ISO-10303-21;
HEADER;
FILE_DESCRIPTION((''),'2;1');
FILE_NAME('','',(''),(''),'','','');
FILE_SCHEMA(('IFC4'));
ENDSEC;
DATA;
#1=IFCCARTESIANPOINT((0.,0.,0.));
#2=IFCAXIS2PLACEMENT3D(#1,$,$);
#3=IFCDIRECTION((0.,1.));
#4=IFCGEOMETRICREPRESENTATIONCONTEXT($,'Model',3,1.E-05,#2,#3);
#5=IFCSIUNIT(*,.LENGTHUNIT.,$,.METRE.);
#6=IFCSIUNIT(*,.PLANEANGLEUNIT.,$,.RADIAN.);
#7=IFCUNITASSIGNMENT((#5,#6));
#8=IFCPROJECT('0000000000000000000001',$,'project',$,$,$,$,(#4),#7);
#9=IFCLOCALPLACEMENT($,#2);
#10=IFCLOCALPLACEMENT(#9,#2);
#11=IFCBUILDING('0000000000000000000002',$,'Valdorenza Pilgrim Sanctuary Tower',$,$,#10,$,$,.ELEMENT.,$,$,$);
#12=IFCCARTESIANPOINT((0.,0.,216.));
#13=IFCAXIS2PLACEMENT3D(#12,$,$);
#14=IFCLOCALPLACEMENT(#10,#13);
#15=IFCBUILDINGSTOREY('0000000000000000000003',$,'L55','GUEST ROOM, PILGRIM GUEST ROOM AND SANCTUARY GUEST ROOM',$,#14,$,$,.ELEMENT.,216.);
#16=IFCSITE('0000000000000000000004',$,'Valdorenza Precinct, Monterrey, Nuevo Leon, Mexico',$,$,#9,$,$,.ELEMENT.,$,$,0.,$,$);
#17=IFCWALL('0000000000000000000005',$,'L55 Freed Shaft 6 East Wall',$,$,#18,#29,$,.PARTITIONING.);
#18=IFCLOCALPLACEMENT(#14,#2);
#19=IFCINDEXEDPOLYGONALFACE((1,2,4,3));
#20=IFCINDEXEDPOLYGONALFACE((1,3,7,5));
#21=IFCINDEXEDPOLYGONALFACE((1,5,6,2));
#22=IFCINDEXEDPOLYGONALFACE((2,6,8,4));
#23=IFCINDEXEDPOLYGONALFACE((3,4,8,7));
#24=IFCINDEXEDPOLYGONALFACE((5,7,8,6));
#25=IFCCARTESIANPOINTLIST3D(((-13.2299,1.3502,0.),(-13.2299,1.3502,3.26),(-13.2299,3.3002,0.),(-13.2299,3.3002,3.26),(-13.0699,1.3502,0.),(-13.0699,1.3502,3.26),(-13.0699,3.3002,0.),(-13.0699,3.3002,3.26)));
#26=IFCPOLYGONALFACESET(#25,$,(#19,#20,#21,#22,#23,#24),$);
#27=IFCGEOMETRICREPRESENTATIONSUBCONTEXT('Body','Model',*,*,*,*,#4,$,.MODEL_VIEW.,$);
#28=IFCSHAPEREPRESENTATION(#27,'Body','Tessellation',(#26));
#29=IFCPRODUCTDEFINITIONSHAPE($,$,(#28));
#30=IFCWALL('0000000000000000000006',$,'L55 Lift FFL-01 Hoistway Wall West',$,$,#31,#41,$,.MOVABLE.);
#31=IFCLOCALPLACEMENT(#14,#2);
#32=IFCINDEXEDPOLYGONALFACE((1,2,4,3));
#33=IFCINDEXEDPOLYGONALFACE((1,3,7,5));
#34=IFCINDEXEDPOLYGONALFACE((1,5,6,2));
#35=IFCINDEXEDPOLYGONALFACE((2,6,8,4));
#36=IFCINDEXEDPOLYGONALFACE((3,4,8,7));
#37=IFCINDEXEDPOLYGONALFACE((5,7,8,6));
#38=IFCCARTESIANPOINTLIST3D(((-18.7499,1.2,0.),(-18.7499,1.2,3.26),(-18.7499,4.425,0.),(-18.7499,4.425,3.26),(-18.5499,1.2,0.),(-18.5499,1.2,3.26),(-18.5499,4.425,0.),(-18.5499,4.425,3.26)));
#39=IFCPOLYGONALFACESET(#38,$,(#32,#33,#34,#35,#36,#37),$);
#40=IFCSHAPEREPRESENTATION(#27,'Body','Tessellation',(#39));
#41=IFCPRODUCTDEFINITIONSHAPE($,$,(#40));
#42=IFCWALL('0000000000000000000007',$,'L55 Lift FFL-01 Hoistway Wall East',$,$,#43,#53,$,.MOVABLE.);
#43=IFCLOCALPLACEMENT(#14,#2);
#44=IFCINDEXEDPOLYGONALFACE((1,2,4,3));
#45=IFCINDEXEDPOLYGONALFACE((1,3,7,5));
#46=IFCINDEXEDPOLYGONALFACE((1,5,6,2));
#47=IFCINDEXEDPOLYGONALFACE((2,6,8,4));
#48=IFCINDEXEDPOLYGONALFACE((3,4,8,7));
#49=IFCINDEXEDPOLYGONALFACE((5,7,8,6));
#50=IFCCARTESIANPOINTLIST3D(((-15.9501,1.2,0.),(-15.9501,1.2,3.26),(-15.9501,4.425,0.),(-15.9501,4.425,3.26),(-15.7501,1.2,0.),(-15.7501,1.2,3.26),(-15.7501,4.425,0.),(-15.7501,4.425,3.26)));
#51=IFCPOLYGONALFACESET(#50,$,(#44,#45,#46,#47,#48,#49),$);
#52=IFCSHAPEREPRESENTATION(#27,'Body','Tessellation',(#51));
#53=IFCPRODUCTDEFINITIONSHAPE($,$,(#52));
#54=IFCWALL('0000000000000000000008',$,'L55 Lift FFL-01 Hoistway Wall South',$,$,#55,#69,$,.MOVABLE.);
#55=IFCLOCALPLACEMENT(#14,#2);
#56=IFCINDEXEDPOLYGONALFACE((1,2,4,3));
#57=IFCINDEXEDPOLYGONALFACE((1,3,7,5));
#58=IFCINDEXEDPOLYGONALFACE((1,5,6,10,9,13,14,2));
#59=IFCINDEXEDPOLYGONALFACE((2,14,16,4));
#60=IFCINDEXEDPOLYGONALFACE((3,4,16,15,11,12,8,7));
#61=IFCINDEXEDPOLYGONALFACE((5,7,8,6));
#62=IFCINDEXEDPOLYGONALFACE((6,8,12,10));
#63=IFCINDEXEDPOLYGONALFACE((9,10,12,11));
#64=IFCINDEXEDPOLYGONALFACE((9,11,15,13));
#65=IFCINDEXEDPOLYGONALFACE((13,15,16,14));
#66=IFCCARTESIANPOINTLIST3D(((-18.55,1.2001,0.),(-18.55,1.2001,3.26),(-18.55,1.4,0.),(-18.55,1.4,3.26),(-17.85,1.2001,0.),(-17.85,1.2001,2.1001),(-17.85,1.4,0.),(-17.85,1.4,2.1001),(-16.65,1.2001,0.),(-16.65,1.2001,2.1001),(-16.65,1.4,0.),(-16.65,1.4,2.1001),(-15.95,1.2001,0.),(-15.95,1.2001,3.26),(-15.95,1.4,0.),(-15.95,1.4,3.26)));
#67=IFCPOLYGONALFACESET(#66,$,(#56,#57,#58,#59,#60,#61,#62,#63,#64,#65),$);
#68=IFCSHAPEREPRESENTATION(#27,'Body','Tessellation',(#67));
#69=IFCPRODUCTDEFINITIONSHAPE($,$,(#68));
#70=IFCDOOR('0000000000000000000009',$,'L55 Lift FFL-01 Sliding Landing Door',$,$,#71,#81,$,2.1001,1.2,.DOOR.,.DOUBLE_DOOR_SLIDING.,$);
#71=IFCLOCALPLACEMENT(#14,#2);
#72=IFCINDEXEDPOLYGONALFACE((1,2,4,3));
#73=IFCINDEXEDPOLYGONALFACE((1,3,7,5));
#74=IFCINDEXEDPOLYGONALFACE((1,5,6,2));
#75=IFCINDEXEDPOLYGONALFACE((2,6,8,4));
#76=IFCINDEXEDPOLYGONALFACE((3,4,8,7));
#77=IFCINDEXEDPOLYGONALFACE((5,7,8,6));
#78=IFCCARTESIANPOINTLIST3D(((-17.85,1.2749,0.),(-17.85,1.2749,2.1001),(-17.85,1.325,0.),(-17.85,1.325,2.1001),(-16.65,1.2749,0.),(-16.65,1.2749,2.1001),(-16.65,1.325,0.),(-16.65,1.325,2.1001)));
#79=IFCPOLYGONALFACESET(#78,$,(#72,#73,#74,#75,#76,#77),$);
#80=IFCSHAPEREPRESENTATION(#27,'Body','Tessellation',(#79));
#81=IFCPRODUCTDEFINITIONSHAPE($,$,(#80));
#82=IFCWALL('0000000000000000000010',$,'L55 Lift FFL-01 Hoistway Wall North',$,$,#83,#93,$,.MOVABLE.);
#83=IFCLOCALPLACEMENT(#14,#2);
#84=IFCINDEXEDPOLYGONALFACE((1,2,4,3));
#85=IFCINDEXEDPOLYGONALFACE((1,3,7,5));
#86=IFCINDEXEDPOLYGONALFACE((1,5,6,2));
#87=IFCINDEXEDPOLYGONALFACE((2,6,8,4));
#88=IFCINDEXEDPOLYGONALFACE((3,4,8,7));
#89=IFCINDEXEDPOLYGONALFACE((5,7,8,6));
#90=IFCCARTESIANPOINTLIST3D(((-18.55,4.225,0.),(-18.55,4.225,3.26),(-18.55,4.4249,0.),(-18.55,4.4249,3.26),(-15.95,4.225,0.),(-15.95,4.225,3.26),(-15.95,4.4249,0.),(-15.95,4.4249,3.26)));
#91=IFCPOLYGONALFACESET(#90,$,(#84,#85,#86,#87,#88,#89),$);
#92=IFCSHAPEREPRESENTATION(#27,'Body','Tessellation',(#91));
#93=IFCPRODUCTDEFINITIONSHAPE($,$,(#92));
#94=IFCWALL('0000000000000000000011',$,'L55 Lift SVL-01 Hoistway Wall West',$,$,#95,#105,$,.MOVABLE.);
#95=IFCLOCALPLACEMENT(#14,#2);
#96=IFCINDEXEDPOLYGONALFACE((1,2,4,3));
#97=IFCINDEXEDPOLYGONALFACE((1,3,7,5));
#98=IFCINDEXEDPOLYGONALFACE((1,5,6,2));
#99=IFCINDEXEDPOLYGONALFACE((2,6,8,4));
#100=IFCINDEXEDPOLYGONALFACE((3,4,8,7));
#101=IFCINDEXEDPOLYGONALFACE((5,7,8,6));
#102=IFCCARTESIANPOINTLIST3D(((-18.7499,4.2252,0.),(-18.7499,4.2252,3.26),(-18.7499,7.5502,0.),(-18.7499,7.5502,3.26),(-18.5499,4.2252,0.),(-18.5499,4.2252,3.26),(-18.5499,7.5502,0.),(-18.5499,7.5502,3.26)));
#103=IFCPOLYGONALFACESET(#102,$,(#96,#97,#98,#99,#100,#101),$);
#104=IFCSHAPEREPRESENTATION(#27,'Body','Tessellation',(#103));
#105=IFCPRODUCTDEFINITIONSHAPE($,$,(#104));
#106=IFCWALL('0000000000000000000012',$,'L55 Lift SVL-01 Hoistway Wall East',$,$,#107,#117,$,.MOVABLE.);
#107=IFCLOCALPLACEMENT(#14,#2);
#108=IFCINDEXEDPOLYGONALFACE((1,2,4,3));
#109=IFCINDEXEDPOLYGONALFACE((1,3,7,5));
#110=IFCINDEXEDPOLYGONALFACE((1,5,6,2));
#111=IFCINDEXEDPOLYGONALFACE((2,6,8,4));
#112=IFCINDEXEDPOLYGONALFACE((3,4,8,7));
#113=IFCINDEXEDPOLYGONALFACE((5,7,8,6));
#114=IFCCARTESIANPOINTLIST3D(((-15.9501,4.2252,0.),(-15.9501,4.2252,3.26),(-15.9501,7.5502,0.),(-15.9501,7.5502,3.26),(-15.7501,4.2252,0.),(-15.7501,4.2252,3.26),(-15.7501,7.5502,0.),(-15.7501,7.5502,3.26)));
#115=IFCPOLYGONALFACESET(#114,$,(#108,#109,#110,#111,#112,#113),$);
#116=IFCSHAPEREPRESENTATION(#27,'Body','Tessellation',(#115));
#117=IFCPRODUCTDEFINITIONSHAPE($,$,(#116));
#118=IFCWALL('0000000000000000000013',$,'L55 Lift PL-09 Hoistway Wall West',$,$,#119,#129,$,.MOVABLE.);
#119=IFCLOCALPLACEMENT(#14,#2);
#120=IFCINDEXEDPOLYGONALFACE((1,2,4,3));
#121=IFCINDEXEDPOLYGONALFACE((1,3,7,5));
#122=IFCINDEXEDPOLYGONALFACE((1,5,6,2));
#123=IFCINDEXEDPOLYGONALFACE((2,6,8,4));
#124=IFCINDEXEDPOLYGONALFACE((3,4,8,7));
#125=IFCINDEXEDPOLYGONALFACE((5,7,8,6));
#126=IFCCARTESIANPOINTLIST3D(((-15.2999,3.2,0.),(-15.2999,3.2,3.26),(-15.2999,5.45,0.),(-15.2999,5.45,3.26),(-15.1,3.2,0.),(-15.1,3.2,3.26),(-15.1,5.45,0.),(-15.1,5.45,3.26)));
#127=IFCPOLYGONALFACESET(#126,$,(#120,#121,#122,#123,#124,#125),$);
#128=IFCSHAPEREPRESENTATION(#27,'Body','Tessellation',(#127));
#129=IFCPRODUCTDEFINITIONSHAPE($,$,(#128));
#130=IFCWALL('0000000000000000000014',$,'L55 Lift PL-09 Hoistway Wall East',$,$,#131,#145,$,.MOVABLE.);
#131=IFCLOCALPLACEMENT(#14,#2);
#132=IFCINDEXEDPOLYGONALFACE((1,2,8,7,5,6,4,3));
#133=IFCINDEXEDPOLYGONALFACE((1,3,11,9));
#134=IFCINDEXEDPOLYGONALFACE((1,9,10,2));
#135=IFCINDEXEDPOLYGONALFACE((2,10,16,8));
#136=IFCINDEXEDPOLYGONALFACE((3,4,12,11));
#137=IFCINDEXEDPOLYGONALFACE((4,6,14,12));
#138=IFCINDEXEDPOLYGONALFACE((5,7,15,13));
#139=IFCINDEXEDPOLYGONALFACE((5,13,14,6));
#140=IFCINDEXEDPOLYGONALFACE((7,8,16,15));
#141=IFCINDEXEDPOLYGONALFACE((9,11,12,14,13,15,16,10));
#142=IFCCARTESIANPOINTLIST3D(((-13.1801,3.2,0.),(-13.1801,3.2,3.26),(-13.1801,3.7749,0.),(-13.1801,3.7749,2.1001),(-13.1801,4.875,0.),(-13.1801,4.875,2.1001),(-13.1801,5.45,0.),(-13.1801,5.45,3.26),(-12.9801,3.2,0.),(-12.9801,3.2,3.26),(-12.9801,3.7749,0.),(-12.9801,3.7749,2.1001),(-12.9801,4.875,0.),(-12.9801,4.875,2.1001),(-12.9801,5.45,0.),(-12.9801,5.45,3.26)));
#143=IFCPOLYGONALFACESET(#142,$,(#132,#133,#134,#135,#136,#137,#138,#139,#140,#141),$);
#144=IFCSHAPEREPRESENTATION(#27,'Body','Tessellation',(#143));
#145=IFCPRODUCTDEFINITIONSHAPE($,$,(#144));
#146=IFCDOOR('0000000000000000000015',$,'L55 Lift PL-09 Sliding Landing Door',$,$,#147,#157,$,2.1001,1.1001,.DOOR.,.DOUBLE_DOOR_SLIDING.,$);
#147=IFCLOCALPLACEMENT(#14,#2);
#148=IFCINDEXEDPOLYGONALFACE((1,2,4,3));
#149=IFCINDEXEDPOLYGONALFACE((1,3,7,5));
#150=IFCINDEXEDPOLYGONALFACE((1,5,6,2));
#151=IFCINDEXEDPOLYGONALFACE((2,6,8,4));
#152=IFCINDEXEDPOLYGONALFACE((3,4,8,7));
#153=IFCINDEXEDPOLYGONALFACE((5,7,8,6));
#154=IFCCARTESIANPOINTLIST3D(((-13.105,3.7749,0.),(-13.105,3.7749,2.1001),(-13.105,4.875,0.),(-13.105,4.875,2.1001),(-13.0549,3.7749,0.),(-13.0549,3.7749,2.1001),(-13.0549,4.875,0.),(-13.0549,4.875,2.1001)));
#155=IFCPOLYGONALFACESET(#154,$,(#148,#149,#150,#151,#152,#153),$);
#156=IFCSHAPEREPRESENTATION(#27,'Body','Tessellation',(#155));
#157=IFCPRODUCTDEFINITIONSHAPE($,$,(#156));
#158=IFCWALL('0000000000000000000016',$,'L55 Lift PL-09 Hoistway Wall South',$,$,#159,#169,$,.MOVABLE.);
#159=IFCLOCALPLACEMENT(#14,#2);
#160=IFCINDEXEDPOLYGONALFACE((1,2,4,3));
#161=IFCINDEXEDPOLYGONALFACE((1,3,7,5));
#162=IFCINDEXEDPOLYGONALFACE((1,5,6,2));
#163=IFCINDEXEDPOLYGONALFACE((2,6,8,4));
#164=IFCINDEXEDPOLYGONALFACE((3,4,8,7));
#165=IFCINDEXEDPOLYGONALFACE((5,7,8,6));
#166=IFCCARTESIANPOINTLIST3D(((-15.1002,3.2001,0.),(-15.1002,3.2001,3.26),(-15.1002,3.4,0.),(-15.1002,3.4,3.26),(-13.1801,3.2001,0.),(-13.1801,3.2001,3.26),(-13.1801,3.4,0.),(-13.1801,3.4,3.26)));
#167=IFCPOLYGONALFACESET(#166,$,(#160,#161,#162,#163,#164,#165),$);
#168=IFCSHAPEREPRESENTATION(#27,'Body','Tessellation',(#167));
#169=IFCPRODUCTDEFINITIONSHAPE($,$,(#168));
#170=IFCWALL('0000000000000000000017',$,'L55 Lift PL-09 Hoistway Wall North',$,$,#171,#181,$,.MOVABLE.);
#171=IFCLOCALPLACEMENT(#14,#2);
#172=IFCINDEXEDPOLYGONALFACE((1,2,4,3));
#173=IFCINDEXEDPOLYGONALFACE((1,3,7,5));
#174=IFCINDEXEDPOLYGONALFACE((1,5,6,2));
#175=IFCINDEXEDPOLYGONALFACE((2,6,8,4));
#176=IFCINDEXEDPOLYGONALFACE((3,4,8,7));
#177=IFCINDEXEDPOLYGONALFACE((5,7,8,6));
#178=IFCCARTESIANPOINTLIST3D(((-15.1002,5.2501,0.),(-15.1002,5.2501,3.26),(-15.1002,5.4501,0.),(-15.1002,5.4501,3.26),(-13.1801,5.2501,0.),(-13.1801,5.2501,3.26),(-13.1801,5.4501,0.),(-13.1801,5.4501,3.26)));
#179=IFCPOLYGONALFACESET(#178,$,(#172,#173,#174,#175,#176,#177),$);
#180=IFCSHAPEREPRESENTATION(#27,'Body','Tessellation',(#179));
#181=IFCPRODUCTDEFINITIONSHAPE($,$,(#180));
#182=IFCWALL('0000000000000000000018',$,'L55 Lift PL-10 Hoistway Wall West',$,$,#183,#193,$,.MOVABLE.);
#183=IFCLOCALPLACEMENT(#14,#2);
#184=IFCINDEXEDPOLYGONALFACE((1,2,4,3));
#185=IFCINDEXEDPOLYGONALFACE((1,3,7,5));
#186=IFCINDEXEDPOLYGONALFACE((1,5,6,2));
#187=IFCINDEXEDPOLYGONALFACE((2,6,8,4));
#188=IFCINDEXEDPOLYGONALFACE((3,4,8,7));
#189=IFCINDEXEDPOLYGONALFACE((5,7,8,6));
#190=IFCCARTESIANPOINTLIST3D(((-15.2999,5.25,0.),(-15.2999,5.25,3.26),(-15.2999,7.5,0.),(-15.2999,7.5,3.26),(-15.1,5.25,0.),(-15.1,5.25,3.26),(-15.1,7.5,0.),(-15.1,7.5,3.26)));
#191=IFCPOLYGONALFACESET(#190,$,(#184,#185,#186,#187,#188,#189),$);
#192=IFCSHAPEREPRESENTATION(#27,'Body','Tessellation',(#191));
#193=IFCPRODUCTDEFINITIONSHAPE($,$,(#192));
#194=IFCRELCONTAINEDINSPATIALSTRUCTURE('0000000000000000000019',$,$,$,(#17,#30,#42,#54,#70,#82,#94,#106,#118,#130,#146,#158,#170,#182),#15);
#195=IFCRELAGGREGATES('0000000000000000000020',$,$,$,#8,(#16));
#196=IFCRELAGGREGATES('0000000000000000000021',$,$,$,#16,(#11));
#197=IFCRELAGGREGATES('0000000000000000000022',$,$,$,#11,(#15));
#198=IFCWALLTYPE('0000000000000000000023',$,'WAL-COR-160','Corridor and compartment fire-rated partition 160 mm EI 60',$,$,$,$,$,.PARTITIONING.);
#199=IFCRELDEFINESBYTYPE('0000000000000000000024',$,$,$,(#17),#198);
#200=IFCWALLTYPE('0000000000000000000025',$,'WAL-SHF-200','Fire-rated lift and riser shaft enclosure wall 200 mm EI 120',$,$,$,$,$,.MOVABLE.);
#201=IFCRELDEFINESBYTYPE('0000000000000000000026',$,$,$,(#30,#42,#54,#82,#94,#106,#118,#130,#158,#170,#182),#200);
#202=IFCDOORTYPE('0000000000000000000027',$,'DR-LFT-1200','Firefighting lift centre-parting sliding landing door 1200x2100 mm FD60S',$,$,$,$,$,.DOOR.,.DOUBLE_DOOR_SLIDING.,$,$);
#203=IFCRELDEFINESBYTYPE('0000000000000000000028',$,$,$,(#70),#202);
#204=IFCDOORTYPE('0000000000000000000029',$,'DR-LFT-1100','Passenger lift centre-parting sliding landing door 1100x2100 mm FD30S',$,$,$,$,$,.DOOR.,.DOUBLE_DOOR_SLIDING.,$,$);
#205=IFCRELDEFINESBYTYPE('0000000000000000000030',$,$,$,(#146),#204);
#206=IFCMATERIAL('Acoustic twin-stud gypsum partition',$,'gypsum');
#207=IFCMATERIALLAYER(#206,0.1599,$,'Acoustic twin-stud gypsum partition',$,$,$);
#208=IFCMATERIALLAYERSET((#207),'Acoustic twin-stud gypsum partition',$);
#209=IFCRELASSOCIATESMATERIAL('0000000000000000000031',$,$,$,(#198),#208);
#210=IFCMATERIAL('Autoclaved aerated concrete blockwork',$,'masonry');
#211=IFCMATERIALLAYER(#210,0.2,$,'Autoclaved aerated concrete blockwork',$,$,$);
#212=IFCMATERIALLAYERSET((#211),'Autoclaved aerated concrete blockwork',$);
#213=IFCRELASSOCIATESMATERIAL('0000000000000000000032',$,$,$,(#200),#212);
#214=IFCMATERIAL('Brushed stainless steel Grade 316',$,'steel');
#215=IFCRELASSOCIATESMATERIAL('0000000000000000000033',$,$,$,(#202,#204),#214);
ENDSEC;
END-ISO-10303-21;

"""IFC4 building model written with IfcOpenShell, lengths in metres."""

from ifc_helpers import new_model, si_unit, direction, frame, frame_2d, origin, place, context, subcontext, project, spatial, rectangle, extrude, material, layer, layer_set, type_object, element, fill, save


model = new_model("IFC4")

# Units and contexts
model_context = context("Model", 3, precision=1e-05, world=origin(), true_north=direction((0.0, 1.0)))
body_context = subcontext(model_context, "Body", "Model", "MODEL_VIEW")
ifc_project = project(units=[si_unit("LENGTHUNIT", "METRE"), si_unit("PLANEANGLEUNIT", "RADIAN")], contexts=[model_context])

# Site, building, storey
site_placement = place(None, origin())
site = spatial("IfcSite", under=ifc_project, at=site_placement, Name="Valdorenza Precinct, Monterrey, Nuevo Leon, Mexico", CompositionType="ELEMENT", RefElevation=0.0)
building_placement = place(site_placement, origin())
building = spatial("IfcBuilding", under=site, at=building_placement, Name="Valdorenza Pilgrim Sanctuary Tower", CompositionType="ELEMENT")
storey_placement = place(building_placement, frame((0.0, 0.0, 216.0)))
storey = spatial("IfcBuildingStorey", under=building, at=storey_placement, Name="L55", Description="GUEST ROOM, PILGRIM GUEST ROOM AND SANCTUARY GUEST ROOM", CompositionType="ELEMENT", Elevation=216.0)

# Walls
ifc_material_1 = material(Name="Acoustic twin-stud gypsum partition", Category="gypsum")
ifc_layer_1 = layer(ifc_material_1, 0.1599, Name="Acoustic twin-stud gypsum partition")
ifc_layer_set_1 = layer_set([ifc_layer_1], Name="Acoustic twin-stud gypsum partition")
wall_type_1 = type_object("IfcWallType", Name="WAL-COR-160", Description="Corridor and compartment fire-rated partition 160 mm EI 60", PredefinedType="PARTITIONING", material=ifc_layer_set_1)
wall_1_placement = place(storey_placement, frame((-13.1499, 1.3501, 0.0), z_axis=(0.0, 0.0, 1.0), x_axis=(0.0, 1.0, 0.0)))
element("IfcWall", 1, at=wall_1_placement, inside=storey, type_object=wall_type_1, Name="L55 Freed Shaft 6 East Wall", PredefinedType="PARTITIONING", context=body_context, shape_type="SweptSolid", body=[
    extrude(rectangle(XDim=1.95, YDim=0.1599, at=frame_2d((0.9751, 0.0))), origin(), (0.0, 0.0, 1.0), 3.26),
])
ifc_material_2 = material(Name="Autoclaved aerated concrete blockwork", Category="masonry")
ifc_layer_2 = layer(ifc_material_2, 0.2, Name="Autoclaved aerated concrete blockwork")
ifc_layer_set_2 = layer_set([ifc_layer_2], Name="Autoclaved aerated concrete blockwork")
wall_type_2 = type_object("IfcWallType", Name="WAL-SHF-200", Description="Fire-rated lift and riser shaft enclosure wall 200 mm EI 120", PredefinedType="MOVABLE", material=ifc_layer_set_2)
for number, where, z_axis, x_axis, name in (
    (2, (-18.6499, 1.2, 0.0), (0.0, 0.0, 1.0), (0.0, 1.0, 0.0), "L55 Lift FFL-01 Hoistway Wall West"),
    (3, (-15.8501, 1.2, 0.0), (0.0, 0.0, 1.0), (0.0, 1.0, 0.0), "L55 Lift FFL-01 Hoistway Wall East"),
):
    element("IfcWall", number, at=place(storey_placement, frame(where, z_axis=z_axis, x_axis=x_axis)), inside=storey, type_object=wall_type_2, Name=name, PredefinedType="MOVABLE", context=body_context, shape_type="SweptSolid", body=[
        extrude(rectangle(XDim=3.2251, YDim=0.2, at=frame_2d((1.6125, 0.0))), origin(), (0.0, 0.0, 1.0), 3.26),
    ])

# Wall, opening, door
wall_2_placement = place(storey_placement, frame((-18.55, 1.3, 0.0), z_axis=(0.0, 0.0, 1.0), x_axis=(1.0, 0.0, 0.0)))
wall_2 = element("IfcWall", 4, at=wall_2_placement, inside=storey, type_object=wall_type_2, Name="L55 Lift FFL-01 Hoistway Wall South", PredefinedType="MOVABLE", context=body_context, shape_type="SweptSolid", body=[
    extrude(rectangle(XDim=2.6001, YDim=0.2, at=frame_2d((1.3, 0.0))), origin(), (0.0, 0.0, 1.0), 3.26),
])
opening_1_placement = place(wall_2_placement, frame((0.7, 0.0, 0.0)))
opening_1 = element("IfcOpeningElement", 5, at=opening_1_placement, cuts=wall_2, PredefinedType="OPENING", context=body_context, shape_type="SweptSolid", body=[
    extrude(rectangle(XDim=1.2, YDim=2.1001, at=frame_2d((0.6001, 1.05))), frame((0.0, 0.1147, 0.0), z_axis=(0.0, -1.0, 0.0), x_axis=(1.0, 0.0, 0.0)), (0.0, 0.0, 1.0), 0.2297),
])
ifc_material_3 = material(Name="Brushed stainless steel Grade 316", Category="steel")
door_type_1 = type_object("IfcDoorType", Name="DR-LFT-1200", Description="Firefighting lift centre-parting sliding landing door 1200x2100 mm FD60S", OperationType="DOUBLE_DOOR_SLIDING", PredefinedType="DOOR", material=ifc_material_3)
door_1_placement = place(opening_1_placement, origin())
door_1 = element("IfcDoor", 6, at=door_1_placement, inside=storey, type_object=door_type_1, Name="L55 Lift FFL-01 Sliding Landing Door", OperationType="DOUBLE_DOOR_SLIDING", OverallHeight=2.1001, OverallWidth=1.2, PredefinedType="DOOR", context=body_context, shape_type="SweptSolid", body=[
    extrude(rectangle(XDim=1.2, YDim=2.1001, at=frame_2d((0.6001, 1.05))), frame((0.0, 0.0249, 0.0), z_axis=(0.0, -1.0, 0.0), x_axis=(1.0, 0.0, 0.0)), (0.0, 0.0, 1.0), 0.05),
])
fill(opening_1, door_1)

# Walls
wall_3_placement = place(storey_placement, frame((-18.55, 4.325, 0.0), z_axis=(0.0, 0.0, 1.0), x_axis=(1.0, 0.0, 0.0)))
element("IfcWall", 7, at=wall_3_placement, inside=storey, type_object=wall_type_2, Name="L55 Lift FFL-01 Hoistway Wall North", PredefinedType="MOVABLE", context=body_context, shape_type="SweptSolid", body=[
    extrude(rectangle(XDim=2.6001, YDim=0.2, at=frame_2d((1.3, 0.0))), origin(), (0.0, 0.0, 1.0), 3.26),
])
for number, where, z_axis, x_axis, name in (
    (8, (-18.6499, 4.2251, 0.0), (0.0, 0.0, 1.0), (0.0, 1.0, 0.0), "L55 Lift SVL-01 Hoistway Wall West"),
    (9, (-15.8501, 4.2251, 0.0), (0.0, 0.0, 1.0), (0.0, 1.0, 0.0), "L55 Lift SVL-01 Hoistway Wall East"),
):
    element("IfcWall", number, at=place(storey_placement, frame(where, z_axis=z_axis, x_axis=x_axis)), inside=storey, type_object=wall_type_2, Name=name, PredefinedType="MOVABLE", context=body_context, shape_type="SweptSolid", body=[
        extrude(rectangle(XDim=3.325, YDim=0.2, at=frame_2d((1.6626, 0.0))), origin(), (0.0, 0.0, 1.0), 3.26),
    ])
wall_4_placement = place(storey_placement, frame((-15.2, 3.2, 0.0), z_axis=(0.0, 0.0, 1.0), x_axis=(0.0, 1.0, 0.0)))
element("IfcWall", 10, at=wall_4_placement, inside=storey, type_object=wall_type_2, Name="L55 Lift PL-09 Hoistway Wall West", PredefinedType="MOVABLE", context=body_context, shape_type="SweptSolid", body=[
    extrude(rectangle(XDim=2.25, YDim=0.2, at=frame_2d((1.125, 0.0))), origin(), (0.0, 0.0, 1.0), 3.26),
])

# Wall, opening, door
wall_5_placement = place(storey_placement, frame((-13.0801, 3.2, 0.0), z_axis=(0.0, 0.0, 1.0), x_axis=(0.0, 1.0, 0.0)))
wall_5 = element("IfcWall", 11, at=wall_5_placement, inside=storey, type_object=wall_type_2, Name="L55 Lift PL-09 Hoistway Wall East", PredefinedType="MOVABLE", context=body_context, shape_type="SweptSolid", body=[
    extrude(rectangle(XDim=2.25, YDim=0.2, at=frame_2d((1.125, 0.0))), origin(), (0.0, 0.0, 1.0), 3.26),
])
opening_2_placement = place(wall_5_placement, frame((0.575, 0.0, 0.0)))
opening_2 = element("IfcOpeningElement", 12, at=opening_2_placement, cuts=wall_5, PredefinedType="OPENING", context=body_context, shape_type="SweptSolid", body=[
    extrude(rectangle(XDim=1.1001, YDim=2.1001, at=frame_2d((0.55, 1.05))), frame((0.0, 0.1147, 0.0), z_axis=(0.0, -1.0, 0.0), x_axis=(1.0, 0.0, 0.0)), (0.0, 0.0, 1.0), 0.2297),
])
door_type_2 = type_object("IfcDoorType", Name="DR-LFT-1100", Description="Passenger lift centre-parting sliding landing door 1100x2100 mm FD30S", OperationType="DOUBLE_DOOR_SLIDING", PredefinedType="DOOR", material=ifc_material_3)
door_2_placement = place(opening_2_placement, origin())
door_2 = element("IfcDoor", 13, at=door_2_placement, inside=storey, type_object=door_type_2, Name="L55 Lift PL-09 Sliding Landing Door", OperationType="DOUBLE_DOOR_SLIDING", OverallHeight=2.1001, OverallWidth=1.1001, PredefinedType="DOOR", context=body_context, shape_type="SweptSolid", body=[
    extrude(rectangle(XDim=1.1001, YDim=2.1001, at=frame_2d((0.55, 1.05))), frame((0.0, 0.0249, 0.0), z_axis=(0.0, -1.0, 0.0), x_axis=(1.0, 0.0, 0.0)), (0.0, 0.0, 1.0), 0.05),
])
fill(opening_2, door_2)

# Walls
for number, where, z_axis, x_axis, name in (
    (14, (-15.1001, 3.3, 0.0), (0.0, 0.0, 1.0), (1.0, 0.0, 0.0), "L55 Lift PL-09 Hoistway Wall South"),
    (15, (-15.1001, 5.3501, 0.0), (0.0, 0.0, 1.0), (1.0, 0.0, 0.0), "L55 Lift PL-09 Hoistway Wall North"),
):
    element("IfcWall", number, at=place(storey_placement, frame(where, z_axis=z_axis, x_axis=x_axis)), inside=storey, type_object=wall_type_2, Name=name, PredefinedType="MOVABLE", context=body_context, shape_type="SweptSolid", body=[
        extrude(rectangle(XDim=1.9202, YDim=0.2, at=frame_2d((0.96, 0.0))), origin(), (0.0, 0.0, 1.0), 3.26),
    ])
wall_6_placement = place(storey_placement, frame((-15.2, 5.25, 0.0), z_axis=(0.0, 0.0, 1.0), x_axis=(0.0, 1.0, 0.0)))
element("IfcWall", 16, at=wall_6_placement, inside=storey, type_object=wall_type_2, Name="L55 Lift PL-10 Hoistway Wall West", PredefinedType="MOVABLE", context=body_context, shape_type="SweptSolid", body=[
    extrude(rectangle(XDim=2.25, YDim=0.2, at=frame_2d((1.125, 0.0))), origin(), (0.0, 0.0, 1.0), 3.26),
])

save(model, "model.ifc")
